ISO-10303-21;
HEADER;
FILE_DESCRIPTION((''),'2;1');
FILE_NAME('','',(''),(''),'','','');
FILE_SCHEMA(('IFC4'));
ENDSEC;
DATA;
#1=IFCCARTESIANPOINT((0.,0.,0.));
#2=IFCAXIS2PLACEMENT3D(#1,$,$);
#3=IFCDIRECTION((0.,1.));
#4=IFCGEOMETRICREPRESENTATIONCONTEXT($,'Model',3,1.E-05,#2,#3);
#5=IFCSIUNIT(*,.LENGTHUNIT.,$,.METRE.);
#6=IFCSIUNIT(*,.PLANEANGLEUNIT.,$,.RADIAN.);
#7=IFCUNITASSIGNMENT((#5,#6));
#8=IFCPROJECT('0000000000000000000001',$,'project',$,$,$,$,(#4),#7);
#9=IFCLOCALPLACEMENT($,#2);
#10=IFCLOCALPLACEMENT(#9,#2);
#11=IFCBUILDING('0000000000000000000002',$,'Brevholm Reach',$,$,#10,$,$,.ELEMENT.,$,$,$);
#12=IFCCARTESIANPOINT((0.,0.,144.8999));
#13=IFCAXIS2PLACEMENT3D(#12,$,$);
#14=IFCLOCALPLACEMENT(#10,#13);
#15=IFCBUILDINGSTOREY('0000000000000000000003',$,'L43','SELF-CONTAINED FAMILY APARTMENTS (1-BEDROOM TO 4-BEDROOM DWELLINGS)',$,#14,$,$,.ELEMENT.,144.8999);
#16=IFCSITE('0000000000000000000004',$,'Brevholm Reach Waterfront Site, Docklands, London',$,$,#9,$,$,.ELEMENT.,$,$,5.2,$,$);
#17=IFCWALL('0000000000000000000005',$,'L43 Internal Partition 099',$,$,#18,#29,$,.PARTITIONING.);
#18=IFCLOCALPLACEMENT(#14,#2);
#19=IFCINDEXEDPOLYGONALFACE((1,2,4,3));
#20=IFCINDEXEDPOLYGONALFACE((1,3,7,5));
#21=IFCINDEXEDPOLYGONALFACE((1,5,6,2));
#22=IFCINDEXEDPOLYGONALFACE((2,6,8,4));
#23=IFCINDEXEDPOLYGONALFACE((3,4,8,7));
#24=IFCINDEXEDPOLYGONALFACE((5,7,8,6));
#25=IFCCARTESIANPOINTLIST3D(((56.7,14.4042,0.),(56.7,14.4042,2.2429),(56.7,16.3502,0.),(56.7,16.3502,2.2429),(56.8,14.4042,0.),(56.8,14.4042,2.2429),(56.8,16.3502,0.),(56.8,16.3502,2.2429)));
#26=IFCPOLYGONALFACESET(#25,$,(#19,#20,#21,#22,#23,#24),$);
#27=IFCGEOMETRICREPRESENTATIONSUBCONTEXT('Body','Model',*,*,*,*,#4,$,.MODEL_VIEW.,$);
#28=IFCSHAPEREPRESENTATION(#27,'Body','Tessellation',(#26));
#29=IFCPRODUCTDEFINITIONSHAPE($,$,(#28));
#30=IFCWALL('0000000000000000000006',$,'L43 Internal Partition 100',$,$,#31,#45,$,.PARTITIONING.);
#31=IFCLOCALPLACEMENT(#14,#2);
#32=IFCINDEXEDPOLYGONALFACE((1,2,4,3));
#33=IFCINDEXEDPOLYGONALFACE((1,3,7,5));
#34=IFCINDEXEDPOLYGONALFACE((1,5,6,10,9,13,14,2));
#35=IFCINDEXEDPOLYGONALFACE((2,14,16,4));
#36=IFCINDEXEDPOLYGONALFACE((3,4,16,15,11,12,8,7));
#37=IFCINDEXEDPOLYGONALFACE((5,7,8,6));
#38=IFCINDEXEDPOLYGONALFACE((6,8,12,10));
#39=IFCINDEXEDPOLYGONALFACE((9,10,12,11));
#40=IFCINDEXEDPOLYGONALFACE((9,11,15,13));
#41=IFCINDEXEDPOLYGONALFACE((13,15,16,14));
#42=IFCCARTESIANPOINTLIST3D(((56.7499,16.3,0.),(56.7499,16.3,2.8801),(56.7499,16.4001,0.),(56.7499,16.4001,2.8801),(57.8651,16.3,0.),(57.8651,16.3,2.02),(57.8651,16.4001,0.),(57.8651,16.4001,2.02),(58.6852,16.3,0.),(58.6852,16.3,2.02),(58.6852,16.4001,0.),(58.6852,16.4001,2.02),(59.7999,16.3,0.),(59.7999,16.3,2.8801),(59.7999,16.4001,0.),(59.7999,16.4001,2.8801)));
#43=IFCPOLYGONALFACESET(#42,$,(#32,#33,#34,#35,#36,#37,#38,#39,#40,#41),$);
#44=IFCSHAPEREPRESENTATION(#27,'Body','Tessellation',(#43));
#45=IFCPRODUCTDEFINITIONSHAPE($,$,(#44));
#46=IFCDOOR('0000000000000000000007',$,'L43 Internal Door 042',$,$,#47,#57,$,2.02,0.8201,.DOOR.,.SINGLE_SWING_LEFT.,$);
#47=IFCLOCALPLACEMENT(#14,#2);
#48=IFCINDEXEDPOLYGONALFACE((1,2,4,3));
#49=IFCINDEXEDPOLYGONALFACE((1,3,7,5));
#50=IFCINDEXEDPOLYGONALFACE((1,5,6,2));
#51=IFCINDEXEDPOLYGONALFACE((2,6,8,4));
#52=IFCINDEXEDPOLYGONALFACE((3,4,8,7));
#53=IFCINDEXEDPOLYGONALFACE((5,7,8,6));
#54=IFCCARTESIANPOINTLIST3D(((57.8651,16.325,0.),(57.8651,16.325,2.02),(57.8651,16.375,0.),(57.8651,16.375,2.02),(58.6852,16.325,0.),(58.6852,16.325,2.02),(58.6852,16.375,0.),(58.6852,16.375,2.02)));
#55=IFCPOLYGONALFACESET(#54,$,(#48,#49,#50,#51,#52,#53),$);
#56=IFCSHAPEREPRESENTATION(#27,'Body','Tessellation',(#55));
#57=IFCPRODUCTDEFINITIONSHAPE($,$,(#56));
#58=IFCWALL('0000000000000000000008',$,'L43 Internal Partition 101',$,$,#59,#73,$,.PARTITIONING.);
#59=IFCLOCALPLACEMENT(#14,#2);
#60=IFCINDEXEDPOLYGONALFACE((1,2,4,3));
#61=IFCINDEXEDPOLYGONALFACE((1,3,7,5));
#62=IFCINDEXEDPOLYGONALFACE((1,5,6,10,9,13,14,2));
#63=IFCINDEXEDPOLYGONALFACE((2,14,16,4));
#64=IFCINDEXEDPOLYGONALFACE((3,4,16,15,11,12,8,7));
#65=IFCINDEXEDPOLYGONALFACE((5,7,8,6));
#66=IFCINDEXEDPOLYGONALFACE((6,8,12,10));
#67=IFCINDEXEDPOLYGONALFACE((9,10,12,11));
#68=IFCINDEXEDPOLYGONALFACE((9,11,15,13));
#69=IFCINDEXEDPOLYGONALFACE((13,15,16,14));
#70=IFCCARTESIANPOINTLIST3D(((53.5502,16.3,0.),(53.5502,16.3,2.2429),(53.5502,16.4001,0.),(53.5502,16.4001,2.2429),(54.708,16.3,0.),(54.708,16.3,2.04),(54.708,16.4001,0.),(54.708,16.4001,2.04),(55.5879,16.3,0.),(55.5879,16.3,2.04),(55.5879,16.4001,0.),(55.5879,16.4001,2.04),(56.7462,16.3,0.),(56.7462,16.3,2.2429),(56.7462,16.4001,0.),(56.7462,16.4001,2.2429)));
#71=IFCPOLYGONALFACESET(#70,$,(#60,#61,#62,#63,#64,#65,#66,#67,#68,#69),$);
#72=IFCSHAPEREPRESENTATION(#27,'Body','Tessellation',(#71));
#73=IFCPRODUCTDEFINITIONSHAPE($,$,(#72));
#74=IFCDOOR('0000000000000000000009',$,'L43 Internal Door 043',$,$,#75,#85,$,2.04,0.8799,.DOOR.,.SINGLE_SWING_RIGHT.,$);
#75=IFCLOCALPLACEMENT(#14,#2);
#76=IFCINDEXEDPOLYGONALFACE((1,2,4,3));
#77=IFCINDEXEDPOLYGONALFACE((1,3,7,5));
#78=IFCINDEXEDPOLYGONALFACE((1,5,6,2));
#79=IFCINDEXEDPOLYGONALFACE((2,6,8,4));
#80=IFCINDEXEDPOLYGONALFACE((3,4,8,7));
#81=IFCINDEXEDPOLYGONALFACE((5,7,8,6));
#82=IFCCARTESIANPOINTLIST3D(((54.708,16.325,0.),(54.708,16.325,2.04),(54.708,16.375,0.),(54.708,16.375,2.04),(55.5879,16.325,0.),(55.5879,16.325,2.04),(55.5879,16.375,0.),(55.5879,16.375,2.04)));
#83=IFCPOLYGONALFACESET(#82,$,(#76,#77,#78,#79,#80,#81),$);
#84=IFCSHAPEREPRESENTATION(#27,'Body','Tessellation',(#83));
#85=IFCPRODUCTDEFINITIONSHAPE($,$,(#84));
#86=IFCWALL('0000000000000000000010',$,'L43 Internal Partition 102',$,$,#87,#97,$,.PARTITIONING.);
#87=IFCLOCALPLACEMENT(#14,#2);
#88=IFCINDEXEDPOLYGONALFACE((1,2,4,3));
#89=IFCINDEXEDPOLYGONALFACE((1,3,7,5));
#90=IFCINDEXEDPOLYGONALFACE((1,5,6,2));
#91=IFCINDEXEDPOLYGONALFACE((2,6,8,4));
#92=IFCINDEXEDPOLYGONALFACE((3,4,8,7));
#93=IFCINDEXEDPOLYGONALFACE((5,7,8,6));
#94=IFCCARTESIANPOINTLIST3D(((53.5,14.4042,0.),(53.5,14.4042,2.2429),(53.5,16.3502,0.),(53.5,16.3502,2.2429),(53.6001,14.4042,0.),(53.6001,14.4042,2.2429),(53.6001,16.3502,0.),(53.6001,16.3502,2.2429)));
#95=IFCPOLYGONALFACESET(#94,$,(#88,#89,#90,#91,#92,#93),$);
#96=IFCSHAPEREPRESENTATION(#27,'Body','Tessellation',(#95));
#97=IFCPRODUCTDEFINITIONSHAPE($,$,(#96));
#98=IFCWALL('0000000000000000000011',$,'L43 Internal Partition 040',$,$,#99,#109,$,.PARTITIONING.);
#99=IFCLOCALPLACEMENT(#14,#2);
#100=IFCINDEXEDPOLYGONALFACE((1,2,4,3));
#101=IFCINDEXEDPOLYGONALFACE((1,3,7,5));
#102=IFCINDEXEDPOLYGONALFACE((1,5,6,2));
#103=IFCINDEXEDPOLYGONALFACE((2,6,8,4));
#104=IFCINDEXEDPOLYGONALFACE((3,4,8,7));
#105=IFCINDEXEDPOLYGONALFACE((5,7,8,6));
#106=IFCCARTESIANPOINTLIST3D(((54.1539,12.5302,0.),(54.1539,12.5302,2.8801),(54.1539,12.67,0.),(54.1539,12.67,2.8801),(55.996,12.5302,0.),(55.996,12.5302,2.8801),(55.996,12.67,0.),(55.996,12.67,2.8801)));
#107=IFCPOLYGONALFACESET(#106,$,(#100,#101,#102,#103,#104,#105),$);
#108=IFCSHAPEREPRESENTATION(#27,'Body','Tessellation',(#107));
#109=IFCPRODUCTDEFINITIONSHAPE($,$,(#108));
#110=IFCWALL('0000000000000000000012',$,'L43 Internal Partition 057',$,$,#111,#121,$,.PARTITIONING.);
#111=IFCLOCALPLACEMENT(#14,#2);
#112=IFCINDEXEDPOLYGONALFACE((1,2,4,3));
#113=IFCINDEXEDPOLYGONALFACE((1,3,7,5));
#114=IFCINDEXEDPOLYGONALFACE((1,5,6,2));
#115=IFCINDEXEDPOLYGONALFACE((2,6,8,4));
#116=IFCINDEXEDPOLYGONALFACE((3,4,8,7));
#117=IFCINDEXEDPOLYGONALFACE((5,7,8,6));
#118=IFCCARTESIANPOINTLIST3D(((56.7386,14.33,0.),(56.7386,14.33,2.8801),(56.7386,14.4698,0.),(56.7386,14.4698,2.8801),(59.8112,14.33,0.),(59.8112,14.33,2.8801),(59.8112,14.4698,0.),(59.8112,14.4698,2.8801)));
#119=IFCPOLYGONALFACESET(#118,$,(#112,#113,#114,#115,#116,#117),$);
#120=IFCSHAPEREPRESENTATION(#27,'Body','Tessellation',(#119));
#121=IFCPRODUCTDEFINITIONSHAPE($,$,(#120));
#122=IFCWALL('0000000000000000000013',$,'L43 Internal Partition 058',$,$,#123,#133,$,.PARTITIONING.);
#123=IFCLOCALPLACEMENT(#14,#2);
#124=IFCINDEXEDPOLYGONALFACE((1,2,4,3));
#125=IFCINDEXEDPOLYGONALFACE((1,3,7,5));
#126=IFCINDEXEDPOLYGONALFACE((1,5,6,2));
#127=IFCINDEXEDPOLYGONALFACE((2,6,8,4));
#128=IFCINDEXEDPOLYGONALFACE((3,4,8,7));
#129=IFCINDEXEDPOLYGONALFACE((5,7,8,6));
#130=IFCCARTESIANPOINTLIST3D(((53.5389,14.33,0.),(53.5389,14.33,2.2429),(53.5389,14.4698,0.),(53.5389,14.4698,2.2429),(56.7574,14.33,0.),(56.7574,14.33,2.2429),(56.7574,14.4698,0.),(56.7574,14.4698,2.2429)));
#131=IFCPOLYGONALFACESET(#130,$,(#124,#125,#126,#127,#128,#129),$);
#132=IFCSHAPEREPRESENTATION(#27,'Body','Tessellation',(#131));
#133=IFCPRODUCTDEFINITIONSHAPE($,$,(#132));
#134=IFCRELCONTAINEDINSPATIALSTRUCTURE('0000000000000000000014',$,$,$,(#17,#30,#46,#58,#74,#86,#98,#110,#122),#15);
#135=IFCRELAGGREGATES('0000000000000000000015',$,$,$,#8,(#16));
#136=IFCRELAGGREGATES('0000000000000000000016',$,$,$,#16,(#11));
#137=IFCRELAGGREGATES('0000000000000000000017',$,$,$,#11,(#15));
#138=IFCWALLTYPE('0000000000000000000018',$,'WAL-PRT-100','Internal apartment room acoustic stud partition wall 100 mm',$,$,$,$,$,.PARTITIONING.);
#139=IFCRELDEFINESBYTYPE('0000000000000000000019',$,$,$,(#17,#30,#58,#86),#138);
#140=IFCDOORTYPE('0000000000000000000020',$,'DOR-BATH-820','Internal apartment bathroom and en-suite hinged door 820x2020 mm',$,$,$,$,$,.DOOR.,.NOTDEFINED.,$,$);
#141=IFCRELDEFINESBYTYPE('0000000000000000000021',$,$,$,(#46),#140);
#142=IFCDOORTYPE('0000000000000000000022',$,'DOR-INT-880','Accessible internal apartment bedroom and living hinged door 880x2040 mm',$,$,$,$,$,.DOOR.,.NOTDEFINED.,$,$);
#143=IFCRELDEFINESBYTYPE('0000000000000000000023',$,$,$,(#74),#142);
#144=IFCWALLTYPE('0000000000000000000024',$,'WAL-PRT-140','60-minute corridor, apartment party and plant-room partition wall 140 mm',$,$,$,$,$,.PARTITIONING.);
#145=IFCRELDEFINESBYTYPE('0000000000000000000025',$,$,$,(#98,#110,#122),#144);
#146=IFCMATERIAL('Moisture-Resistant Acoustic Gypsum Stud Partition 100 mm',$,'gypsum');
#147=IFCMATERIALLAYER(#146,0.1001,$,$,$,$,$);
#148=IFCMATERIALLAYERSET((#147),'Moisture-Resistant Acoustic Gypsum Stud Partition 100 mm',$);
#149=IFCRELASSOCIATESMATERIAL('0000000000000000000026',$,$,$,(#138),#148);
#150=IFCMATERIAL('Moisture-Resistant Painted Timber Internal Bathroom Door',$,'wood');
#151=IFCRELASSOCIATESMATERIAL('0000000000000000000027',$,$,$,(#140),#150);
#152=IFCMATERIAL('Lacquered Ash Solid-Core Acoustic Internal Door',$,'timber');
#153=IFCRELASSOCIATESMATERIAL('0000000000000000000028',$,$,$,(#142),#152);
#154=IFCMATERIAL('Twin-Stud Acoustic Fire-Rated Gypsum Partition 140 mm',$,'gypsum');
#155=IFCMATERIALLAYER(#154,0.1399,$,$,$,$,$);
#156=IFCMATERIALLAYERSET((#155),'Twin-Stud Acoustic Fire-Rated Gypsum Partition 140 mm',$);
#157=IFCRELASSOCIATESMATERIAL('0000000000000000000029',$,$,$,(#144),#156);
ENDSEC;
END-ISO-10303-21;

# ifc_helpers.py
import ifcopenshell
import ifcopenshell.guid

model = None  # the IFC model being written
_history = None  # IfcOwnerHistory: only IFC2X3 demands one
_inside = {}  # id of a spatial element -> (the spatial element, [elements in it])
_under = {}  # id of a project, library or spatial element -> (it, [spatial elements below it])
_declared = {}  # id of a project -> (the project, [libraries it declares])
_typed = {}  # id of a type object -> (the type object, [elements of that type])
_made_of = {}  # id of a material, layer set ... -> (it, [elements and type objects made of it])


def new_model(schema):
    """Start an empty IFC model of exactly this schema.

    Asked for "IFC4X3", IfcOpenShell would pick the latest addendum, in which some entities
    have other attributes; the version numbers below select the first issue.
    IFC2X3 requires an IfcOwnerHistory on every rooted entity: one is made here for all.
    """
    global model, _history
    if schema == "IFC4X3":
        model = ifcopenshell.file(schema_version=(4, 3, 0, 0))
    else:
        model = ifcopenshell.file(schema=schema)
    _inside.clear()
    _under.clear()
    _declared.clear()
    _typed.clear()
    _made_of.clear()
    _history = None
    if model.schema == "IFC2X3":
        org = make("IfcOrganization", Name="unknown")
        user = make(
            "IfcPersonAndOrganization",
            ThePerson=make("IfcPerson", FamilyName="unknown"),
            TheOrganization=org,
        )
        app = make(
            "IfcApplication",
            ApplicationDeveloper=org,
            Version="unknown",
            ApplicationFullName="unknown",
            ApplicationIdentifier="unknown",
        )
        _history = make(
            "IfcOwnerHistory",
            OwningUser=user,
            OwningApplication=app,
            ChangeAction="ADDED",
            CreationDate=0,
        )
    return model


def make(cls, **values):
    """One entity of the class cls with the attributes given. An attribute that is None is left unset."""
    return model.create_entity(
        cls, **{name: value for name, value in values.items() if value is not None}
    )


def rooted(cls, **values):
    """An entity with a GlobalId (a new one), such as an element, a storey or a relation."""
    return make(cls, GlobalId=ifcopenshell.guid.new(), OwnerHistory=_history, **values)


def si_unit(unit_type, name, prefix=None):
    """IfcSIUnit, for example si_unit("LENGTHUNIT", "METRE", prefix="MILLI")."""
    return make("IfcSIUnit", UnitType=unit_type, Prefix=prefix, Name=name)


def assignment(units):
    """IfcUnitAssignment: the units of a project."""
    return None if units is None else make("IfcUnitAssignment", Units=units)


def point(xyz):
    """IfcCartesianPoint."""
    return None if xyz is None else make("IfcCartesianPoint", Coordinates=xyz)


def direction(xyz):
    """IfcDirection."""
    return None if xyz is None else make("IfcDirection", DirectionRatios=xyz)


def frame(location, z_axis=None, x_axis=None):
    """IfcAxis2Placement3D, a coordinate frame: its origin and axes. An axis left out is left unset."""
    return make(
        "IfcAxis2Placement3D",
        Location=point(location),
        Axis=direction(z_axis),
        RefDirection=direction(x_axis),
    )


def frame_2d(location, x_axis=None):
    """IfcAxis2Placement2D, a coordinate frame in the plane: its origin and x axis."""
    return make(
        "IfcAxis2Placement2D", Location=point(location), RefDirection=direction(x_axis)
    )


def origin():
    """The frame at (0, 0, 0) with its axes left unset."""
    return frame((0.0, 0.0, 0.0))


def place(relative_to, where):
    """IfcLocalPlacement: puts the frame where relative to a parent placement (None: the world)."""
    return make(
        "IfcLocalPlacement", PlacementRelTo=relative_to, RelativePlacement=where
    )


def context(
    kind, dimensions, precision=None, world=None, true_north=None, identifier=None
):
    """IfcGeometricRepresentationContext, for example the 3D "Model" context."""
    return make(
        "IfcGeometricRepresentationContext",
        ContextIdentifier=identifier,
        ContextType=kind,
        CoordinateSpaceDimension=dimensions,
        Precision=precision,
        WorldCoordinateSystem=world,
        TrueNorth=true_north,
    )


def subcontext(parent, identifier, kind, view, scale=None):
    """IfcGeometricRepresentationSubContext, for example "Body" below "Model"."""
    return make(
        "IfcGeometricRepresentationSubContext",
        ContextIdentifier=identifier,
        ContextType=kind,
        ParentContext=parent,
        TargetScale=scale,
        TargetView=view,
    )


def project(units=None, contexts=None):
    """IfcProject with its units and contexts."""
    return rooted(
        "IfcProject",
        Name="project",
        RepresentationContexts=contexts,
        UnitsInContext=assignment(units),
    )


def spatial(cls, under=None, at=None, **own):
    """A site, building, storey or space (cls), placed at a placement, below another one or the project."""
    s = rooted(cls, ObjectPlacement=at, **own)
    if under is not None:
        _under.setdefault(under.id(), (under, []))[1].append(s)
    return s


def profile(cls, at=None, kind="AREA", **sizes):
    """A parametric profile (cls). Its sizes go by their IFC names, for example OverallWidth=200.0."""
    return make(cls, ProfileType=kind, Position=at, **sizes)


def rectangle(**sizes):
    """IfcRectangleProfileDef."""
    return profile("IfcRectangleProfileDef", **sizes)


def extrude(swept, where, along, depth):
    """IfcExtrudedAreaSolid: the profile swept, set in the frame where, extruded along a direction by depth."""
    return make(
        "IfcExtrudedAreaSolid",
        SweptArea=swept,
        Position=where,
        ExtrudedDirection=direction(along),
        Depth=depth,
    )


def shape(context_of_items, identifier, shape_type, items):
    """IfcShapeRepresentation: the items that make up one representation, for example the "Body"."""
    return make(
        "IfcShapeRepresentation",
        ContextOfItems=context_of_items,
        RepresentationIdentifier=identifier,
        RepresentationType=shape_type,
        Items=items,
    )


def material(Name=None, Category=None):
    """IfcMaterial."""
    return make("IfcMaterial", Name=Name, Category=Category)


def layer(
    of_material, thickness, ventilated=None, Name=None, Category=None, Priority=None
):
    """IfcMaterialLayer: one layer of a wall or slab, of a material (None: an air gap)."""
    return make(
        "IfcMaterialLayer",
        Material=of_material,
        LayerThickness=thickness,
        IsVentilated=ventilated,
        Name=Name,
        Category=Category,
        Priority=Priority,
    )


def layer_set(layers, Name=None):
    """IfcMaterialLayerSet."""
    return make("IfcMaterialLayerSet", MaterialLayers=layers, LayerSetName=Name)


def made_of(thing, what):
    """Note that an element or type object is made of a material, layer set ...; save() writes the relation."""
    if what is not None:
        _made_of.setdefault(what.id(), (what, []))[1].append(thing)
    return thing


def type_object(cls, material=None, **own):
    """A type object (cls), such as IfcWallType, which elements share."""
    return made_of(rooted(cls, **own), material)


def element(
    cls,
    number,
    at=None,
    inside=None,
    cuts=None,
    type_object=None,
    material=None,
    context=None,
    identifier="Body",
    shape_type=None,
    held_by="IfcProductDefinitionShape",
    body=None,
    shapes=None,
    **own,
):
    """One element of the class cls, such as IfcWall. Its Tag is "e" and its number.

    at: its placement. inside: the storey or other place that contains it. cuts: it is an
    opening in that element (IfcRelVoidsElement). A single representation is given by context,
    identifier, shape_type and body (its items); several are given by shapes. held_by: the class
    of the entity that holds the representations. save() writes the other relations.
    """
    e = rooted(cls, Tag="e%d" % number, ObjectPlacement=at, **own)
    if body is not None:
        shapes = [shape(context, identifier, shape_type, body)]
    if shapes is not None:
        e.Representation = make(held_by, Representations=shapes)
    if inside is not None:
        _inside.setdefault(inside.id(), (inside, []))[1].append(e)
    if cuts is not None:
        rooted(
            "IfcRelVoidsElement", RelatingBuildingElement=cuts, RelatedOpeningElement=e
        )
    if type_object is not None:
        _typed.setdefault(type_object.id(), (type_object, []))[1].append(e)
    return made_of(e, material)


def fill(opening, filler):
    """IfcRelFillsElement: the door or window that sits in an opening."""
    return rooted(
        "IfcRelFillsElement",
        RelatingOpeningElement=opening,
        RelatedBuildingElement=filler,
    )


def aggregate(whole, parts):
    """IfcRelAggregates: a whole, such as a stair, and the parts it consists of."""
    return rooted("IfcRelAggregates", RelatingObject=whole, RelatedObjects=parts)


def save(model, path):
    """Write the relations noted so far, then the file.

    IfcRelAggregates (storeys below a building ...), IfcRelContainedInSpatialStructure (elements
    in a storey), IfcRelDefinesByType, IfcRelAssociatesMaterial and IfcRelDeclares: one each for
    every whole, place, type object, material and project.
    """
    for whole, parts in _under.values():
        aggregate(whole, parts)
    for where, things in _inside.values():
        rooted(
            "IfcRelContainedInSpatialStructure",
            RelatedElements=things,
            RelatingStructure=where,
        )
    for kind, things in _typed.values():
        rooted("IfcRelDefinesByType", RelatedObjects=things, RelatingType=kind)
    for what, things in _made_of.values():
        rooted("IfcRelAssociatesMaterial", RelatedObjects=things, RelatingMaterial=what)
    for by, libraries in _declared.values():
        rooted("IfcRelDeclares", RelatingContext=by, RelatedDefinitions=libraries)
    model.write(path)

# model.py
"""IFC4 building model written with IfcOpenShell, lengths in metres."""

from ifc_helpers import new_model, si_unit, direction, frame, frame_2d, origin, place, context, subcontext, project, spatial, rectangle, extrude, material, layer, layer_set, type_object, element, fill, save


model = new_model("IFC4")

# Units and contexts
model_context = context("Model", 3, precision=1e-05, world=origin(), true_north=direction((0.0, 1.0)))
body_context = subcontext(model_context, "Body", "Model", "MODEL_VIEW")
ifc_project = project(units=[si_unit("LENGTHUNIT", "METRE"), si_unit("PLANEANGLEUNIT", "RADIAN")], contexts=[model_context])

# Site, building, storey
site_placement = place(None, origin())
site = spatial("IfcSite", under=ifc_project, at=site_placement, Name="Brevholm Reach Waterfront Site, Docklands, London", CompositionType="ELEMENT", RefElevation=5.2)
building_placement = place(site_placement, origin())
building = spatial("IfcBuilding", under=site, at=building_placement, Name="Brevholm Reach", CompositionType="ELEMENT")
storey_placement = place(building_placement, frame((0.0, 0.0, 144.8999)))
storey = spatial("IfcBuildingStorey", under=building, at=storey_placement, Name="L43", Description="SELF-CONTAINED FAMILY APARTMENTS (1-BEDROOM TO 4-BEDROOM DWELLINGS)", CompositionType="ELEMENT", Elevation=144.8999)

# Wall
ifc_material_1 = material(Name="Moisture-Resistant Acoustic Gypsum Stud Partition 100 mm", Category="gypsum")
ifc_layer_1 = layer(ifc_material_1, 0.1001)
ifc_layer_set_1 = layer_set([ifc_layer_1], Name="Moisture-Resistant Acoustic Gypsum Stud Partition 100 mm")
wall_type_1 = type_object("IfcWallType", Name="WAL-PRT-100", Description="Internal apartment room acoustic stud partition wall 100 mm", PredefinedType="PARTITIONING", material=ifc_layer_set_1)
wall_1_placement = place(storey_placement, frame((56.75, 14.4041, 0.0), z_axis=(0.0, 0.0, 1.0), x_axis=(0.0, 1.0, 0.0)))
element("IfcWall", 1, at=wall_1_placement, inside=storey, type_object=wall_type_1, Name="L43 Internal Partition 099", PredefinedType="PARTITIONING", context=body_context, shape_type="SweptSolid", body=[
    extrude(rectangle(XDim=1.946, YDim=0.1001, at=frame_2d((0.9731, 0.0))), origin(), (0.0, 0.0, 1.0), 2.2429),
])

# Walls, openings, doors
wall_2_placement = place(storey_placement, frame((56.75, 16.3501, 0.0), z_axis=(0.0, 0.0, 1.0), x_axis=(1.0, 0.0, 0.0)))
wall_2 = element("IfcWall", 2, at=wall_2_placement, inside=storey, type_object=wall_type_1, Name="L43 Internal Partition 100", PredefinedType="PARTITIONING", context=body_context, shape_type="SweptSolid", body=[
    extrude(rectangle(XDim=3.05, YDim=0.1001, at=frame_2d((1.5249, 0.0))), origin(), (0.0, 0.0, 1.0), 2.8801),
])
opening_1_placement = place(wall_2_placement, frame((1.115, 0.0, 0.0)))
opening_1 = element("IfcOpeningElement", 3, at=opening_1_placement, cuts=wall_2, PredefinedType="OPENING", context=body_context, shape_type="SweptSolid", body=[
    extrude(rectangle(XDim=0.8201, YDim=2.02, at=frame_2d((0.4102, 1.01))), frame((0.0, 0.0601, 0.0), z_axis=(0.0, -1.0, 0.0), x_axis=(1.0, 0.0, 0.0)), (0.0, 0.0, 1.0), 0.1201),
])
ifc_material_2 = material(Name="Moisture-Resistant Painted Timber Internal Bathroom Door", Category="wood")
door_type_1 = type_object("IfcDoorType", Name="DOR-BATH-820", Description="Internal apartment bathroom and en-suite hinged door 820x2020 mm", OperationType="NOTDEFINED", PredefinedType="DOOR", material=ifc_material_2)
door_1_placement = place(opening_1_placement, origin())
door_1 = element("IfcDoor", 4, at=door_1_placement, inside=storey, type_object=door_type_1, Name="L43 Internal Door 042", OperationType="SINGLE_SWING_LEFT", OverallHeight=2.02, OverallWidth=0.8201, PredefinedType="DOOR", context=body_context, shape_type="SweptSolid", body=[
    extrude(rectangle(XDim=0.8201, YDim=2.02, at=frame_2d((0.4102, 1.01))), frame((0.0, 0.0249, 0.0), z_axis=(0.0, -1.0, 0.0), x_axis=(1.0, 0.0, 0.0)), (0.0, 0.0, 1.0), 0.05),
])
fill(opening_1, door_1)
wall_3_placement = place(storey_placement, frame((53.55, 16.3501, 0.0), z_axis=(0.0, 0.0, 1.0), x_axis=(1.0, 0.0, 0.0)))
wall_3 = element("IfcWall", 5, at=wall_3_placement, inside=storey, type_object=wall_type_1, Name="L43 Internal Partition 101", PredefinedType="PARTITIONING", context=body_context, shape_type="SweptSolid", body=[
    extrude(rectangle(XDim=3.196, YDim=0.1001, at=frame_2d((1.5981, 0.0))), origin(), (0.0, 0.0, 1.0), 2.2429),
])
opening_2_placement = place(wall_3_placement, frame((1.158, 0.0, 0.0)))
opening_2 = element("IfcOpeningElement", 6, at=opening_2_placement, cuts=wall_3, PredefinedType="OPENING", context=body_context, shape_type="SweptSolid", body=[
    extrude(rectangle(XDim=0.8799, YDim=2.04, at=frame_2d((0.4399, 1.02))), frame((0.0, 0.0601, 0.0), z_axis=(0.0, -1.0, 0.0), x_axis=(1.0, 0.0, 0.0)), (0.0, 0.0, 1.0), 0.1201),
])
ifc_material_3 = material(Name="Lacquered Ash Solid-Core Acoustic Internal Door", Category="timber")
door_type_2 = type_object("IfcDoorType", Name="DOR-INT-880", Description="Accessible internal apartment bedroom and living hinged door 880x2040 mm", OperationType="NOTDEFINED", PredefinedType="DOOR", material=ifc_material_3)
door_2_placement = place(opening_2_placement, origin())
door_2 = element("IfcDoor", 7, at=door_2_placement, inside=storey, type_object=door_type_2, Name="L43 Internal Door 043", OperationType="SINGLE_SWING_RIGHT", OverallHeight=2.04, OverallWidth=0.8799, PredefinedType="DOOR", context=body_context, shape_type="SweptSolid", body=[
    extrude(rectangle(XDim=0.8799, YDim=2.04, at=frame_2d((0.4399, 1.02))), frame((0.0, 0.0249, 0.0), z_axis=(0.0, -1.0, 0.0), x_axis=(1.0, 0.0, 0.0)), (0.0, 0.0, 1.0), 0.05),
])
fill(opening_2, door_2)

# Walls
wall_4_placement = place(storey_placement, frame((53.55, 14.4041, 0.0), z_axis=(0.0, 0.0, 1.0), x_axis=(0.0, 1.0, 0.0)))
element("IfcWall", 8, at=wall_4_placement, inside=storey, type_object=wall_type_1, Name="L43 Internal Partition 102", PredefinedType="PARTITIONING", context=body_context, shape_type="SweptSolid", body=[
    extrude(rectangle(XDim=1.946, YDim=0.1001, at=frame_2d((0.9731, 0.0))), origin(), (0.0, 0.0, 1.0), 2.2429),
])
ifc_material_4 = material(Name="Twin-Stud Acoustic Fire-Rated Gypsum Partition 140 mm", Category="gypsum")
ifc_layer_2 = layer(ifc_material_4, 0.1399)
ifc_layer_set_2 = layer_set([ifc_layer_2], Name="Twin-Stud Acoustic Fire-Rated Gypsum Partition 140 mm")
wall_type_2 = type_object("IfcWallType", Name="WAL-PRT-140", Description="60-minute corridor, apartment party and plant-room partition wall 140 mm", PredefinedType="PARTITIONING", material=ifc_layer_set_2)
wall_5_placement = place(storey_placement, frame((54.1541, 12.6001, 0.0), z_axis=(0.0, 0.0, 1.0), x_axis=(1.0, 0.0, 0.0)))
element("IfcWall", 9, at=wall_5_placement, inside=storey, type_object=wall_type_2, Name="L43 Internal Partition 040", PredefinedType="PARTITIONING", context=body_context, shape_type="SweptSolid", body=[
    extrude(rectangle(XDim=1.842, YDim=0.1399, at=frame_2d((0.9209, 0.0))), origin(), (0.0, 0.0, 1.0), 2.8801),
])
wall_6_placement = place(storey_placement, frame((56.7388, 14.3999, 0.0), z_axis=(0.0, 0.0, 1.0), x_axis=(1.0, 0.0, 0.0)))
element("IfcWall", 10, at=wall_6_placement, inside=storey, type_object=wall_type_2, Name="L43 Internal Partition 057", PredefinedType="PARTITIONING", context=body_context, shape_type="SweptSolid", body=[
    extrude(rectangle(XDim=3.0725, YDim=0.1399, at=frame_2d((1.5361, 0.0))), origin(), (0.0, 0.0, 1.0), 2.8801),
])
wall_7_placement = place(storey_placement, frame((53.5388, 14.3999, 0.0), z_axis=(0.0, 0.0, 1.0), x_axis=(1.0, 0.0, 0.0)))
element("IfcWall", 11, at=wall_7_placement, inside=storey, type_object=wall_type_2, Name="L43 Internal Partition 058", PredefinedType="PARTITIONING", context=body_context, shape_type="SweptSolid", body=[
    extrude(rectangle(XDim=3.2185, YDim=0.1399, at=frame_2d((1.6094, 0.0))), origin(), (0.0, 0.0, 1.0), 2.2429),
])

save(model, "model.ifc")
